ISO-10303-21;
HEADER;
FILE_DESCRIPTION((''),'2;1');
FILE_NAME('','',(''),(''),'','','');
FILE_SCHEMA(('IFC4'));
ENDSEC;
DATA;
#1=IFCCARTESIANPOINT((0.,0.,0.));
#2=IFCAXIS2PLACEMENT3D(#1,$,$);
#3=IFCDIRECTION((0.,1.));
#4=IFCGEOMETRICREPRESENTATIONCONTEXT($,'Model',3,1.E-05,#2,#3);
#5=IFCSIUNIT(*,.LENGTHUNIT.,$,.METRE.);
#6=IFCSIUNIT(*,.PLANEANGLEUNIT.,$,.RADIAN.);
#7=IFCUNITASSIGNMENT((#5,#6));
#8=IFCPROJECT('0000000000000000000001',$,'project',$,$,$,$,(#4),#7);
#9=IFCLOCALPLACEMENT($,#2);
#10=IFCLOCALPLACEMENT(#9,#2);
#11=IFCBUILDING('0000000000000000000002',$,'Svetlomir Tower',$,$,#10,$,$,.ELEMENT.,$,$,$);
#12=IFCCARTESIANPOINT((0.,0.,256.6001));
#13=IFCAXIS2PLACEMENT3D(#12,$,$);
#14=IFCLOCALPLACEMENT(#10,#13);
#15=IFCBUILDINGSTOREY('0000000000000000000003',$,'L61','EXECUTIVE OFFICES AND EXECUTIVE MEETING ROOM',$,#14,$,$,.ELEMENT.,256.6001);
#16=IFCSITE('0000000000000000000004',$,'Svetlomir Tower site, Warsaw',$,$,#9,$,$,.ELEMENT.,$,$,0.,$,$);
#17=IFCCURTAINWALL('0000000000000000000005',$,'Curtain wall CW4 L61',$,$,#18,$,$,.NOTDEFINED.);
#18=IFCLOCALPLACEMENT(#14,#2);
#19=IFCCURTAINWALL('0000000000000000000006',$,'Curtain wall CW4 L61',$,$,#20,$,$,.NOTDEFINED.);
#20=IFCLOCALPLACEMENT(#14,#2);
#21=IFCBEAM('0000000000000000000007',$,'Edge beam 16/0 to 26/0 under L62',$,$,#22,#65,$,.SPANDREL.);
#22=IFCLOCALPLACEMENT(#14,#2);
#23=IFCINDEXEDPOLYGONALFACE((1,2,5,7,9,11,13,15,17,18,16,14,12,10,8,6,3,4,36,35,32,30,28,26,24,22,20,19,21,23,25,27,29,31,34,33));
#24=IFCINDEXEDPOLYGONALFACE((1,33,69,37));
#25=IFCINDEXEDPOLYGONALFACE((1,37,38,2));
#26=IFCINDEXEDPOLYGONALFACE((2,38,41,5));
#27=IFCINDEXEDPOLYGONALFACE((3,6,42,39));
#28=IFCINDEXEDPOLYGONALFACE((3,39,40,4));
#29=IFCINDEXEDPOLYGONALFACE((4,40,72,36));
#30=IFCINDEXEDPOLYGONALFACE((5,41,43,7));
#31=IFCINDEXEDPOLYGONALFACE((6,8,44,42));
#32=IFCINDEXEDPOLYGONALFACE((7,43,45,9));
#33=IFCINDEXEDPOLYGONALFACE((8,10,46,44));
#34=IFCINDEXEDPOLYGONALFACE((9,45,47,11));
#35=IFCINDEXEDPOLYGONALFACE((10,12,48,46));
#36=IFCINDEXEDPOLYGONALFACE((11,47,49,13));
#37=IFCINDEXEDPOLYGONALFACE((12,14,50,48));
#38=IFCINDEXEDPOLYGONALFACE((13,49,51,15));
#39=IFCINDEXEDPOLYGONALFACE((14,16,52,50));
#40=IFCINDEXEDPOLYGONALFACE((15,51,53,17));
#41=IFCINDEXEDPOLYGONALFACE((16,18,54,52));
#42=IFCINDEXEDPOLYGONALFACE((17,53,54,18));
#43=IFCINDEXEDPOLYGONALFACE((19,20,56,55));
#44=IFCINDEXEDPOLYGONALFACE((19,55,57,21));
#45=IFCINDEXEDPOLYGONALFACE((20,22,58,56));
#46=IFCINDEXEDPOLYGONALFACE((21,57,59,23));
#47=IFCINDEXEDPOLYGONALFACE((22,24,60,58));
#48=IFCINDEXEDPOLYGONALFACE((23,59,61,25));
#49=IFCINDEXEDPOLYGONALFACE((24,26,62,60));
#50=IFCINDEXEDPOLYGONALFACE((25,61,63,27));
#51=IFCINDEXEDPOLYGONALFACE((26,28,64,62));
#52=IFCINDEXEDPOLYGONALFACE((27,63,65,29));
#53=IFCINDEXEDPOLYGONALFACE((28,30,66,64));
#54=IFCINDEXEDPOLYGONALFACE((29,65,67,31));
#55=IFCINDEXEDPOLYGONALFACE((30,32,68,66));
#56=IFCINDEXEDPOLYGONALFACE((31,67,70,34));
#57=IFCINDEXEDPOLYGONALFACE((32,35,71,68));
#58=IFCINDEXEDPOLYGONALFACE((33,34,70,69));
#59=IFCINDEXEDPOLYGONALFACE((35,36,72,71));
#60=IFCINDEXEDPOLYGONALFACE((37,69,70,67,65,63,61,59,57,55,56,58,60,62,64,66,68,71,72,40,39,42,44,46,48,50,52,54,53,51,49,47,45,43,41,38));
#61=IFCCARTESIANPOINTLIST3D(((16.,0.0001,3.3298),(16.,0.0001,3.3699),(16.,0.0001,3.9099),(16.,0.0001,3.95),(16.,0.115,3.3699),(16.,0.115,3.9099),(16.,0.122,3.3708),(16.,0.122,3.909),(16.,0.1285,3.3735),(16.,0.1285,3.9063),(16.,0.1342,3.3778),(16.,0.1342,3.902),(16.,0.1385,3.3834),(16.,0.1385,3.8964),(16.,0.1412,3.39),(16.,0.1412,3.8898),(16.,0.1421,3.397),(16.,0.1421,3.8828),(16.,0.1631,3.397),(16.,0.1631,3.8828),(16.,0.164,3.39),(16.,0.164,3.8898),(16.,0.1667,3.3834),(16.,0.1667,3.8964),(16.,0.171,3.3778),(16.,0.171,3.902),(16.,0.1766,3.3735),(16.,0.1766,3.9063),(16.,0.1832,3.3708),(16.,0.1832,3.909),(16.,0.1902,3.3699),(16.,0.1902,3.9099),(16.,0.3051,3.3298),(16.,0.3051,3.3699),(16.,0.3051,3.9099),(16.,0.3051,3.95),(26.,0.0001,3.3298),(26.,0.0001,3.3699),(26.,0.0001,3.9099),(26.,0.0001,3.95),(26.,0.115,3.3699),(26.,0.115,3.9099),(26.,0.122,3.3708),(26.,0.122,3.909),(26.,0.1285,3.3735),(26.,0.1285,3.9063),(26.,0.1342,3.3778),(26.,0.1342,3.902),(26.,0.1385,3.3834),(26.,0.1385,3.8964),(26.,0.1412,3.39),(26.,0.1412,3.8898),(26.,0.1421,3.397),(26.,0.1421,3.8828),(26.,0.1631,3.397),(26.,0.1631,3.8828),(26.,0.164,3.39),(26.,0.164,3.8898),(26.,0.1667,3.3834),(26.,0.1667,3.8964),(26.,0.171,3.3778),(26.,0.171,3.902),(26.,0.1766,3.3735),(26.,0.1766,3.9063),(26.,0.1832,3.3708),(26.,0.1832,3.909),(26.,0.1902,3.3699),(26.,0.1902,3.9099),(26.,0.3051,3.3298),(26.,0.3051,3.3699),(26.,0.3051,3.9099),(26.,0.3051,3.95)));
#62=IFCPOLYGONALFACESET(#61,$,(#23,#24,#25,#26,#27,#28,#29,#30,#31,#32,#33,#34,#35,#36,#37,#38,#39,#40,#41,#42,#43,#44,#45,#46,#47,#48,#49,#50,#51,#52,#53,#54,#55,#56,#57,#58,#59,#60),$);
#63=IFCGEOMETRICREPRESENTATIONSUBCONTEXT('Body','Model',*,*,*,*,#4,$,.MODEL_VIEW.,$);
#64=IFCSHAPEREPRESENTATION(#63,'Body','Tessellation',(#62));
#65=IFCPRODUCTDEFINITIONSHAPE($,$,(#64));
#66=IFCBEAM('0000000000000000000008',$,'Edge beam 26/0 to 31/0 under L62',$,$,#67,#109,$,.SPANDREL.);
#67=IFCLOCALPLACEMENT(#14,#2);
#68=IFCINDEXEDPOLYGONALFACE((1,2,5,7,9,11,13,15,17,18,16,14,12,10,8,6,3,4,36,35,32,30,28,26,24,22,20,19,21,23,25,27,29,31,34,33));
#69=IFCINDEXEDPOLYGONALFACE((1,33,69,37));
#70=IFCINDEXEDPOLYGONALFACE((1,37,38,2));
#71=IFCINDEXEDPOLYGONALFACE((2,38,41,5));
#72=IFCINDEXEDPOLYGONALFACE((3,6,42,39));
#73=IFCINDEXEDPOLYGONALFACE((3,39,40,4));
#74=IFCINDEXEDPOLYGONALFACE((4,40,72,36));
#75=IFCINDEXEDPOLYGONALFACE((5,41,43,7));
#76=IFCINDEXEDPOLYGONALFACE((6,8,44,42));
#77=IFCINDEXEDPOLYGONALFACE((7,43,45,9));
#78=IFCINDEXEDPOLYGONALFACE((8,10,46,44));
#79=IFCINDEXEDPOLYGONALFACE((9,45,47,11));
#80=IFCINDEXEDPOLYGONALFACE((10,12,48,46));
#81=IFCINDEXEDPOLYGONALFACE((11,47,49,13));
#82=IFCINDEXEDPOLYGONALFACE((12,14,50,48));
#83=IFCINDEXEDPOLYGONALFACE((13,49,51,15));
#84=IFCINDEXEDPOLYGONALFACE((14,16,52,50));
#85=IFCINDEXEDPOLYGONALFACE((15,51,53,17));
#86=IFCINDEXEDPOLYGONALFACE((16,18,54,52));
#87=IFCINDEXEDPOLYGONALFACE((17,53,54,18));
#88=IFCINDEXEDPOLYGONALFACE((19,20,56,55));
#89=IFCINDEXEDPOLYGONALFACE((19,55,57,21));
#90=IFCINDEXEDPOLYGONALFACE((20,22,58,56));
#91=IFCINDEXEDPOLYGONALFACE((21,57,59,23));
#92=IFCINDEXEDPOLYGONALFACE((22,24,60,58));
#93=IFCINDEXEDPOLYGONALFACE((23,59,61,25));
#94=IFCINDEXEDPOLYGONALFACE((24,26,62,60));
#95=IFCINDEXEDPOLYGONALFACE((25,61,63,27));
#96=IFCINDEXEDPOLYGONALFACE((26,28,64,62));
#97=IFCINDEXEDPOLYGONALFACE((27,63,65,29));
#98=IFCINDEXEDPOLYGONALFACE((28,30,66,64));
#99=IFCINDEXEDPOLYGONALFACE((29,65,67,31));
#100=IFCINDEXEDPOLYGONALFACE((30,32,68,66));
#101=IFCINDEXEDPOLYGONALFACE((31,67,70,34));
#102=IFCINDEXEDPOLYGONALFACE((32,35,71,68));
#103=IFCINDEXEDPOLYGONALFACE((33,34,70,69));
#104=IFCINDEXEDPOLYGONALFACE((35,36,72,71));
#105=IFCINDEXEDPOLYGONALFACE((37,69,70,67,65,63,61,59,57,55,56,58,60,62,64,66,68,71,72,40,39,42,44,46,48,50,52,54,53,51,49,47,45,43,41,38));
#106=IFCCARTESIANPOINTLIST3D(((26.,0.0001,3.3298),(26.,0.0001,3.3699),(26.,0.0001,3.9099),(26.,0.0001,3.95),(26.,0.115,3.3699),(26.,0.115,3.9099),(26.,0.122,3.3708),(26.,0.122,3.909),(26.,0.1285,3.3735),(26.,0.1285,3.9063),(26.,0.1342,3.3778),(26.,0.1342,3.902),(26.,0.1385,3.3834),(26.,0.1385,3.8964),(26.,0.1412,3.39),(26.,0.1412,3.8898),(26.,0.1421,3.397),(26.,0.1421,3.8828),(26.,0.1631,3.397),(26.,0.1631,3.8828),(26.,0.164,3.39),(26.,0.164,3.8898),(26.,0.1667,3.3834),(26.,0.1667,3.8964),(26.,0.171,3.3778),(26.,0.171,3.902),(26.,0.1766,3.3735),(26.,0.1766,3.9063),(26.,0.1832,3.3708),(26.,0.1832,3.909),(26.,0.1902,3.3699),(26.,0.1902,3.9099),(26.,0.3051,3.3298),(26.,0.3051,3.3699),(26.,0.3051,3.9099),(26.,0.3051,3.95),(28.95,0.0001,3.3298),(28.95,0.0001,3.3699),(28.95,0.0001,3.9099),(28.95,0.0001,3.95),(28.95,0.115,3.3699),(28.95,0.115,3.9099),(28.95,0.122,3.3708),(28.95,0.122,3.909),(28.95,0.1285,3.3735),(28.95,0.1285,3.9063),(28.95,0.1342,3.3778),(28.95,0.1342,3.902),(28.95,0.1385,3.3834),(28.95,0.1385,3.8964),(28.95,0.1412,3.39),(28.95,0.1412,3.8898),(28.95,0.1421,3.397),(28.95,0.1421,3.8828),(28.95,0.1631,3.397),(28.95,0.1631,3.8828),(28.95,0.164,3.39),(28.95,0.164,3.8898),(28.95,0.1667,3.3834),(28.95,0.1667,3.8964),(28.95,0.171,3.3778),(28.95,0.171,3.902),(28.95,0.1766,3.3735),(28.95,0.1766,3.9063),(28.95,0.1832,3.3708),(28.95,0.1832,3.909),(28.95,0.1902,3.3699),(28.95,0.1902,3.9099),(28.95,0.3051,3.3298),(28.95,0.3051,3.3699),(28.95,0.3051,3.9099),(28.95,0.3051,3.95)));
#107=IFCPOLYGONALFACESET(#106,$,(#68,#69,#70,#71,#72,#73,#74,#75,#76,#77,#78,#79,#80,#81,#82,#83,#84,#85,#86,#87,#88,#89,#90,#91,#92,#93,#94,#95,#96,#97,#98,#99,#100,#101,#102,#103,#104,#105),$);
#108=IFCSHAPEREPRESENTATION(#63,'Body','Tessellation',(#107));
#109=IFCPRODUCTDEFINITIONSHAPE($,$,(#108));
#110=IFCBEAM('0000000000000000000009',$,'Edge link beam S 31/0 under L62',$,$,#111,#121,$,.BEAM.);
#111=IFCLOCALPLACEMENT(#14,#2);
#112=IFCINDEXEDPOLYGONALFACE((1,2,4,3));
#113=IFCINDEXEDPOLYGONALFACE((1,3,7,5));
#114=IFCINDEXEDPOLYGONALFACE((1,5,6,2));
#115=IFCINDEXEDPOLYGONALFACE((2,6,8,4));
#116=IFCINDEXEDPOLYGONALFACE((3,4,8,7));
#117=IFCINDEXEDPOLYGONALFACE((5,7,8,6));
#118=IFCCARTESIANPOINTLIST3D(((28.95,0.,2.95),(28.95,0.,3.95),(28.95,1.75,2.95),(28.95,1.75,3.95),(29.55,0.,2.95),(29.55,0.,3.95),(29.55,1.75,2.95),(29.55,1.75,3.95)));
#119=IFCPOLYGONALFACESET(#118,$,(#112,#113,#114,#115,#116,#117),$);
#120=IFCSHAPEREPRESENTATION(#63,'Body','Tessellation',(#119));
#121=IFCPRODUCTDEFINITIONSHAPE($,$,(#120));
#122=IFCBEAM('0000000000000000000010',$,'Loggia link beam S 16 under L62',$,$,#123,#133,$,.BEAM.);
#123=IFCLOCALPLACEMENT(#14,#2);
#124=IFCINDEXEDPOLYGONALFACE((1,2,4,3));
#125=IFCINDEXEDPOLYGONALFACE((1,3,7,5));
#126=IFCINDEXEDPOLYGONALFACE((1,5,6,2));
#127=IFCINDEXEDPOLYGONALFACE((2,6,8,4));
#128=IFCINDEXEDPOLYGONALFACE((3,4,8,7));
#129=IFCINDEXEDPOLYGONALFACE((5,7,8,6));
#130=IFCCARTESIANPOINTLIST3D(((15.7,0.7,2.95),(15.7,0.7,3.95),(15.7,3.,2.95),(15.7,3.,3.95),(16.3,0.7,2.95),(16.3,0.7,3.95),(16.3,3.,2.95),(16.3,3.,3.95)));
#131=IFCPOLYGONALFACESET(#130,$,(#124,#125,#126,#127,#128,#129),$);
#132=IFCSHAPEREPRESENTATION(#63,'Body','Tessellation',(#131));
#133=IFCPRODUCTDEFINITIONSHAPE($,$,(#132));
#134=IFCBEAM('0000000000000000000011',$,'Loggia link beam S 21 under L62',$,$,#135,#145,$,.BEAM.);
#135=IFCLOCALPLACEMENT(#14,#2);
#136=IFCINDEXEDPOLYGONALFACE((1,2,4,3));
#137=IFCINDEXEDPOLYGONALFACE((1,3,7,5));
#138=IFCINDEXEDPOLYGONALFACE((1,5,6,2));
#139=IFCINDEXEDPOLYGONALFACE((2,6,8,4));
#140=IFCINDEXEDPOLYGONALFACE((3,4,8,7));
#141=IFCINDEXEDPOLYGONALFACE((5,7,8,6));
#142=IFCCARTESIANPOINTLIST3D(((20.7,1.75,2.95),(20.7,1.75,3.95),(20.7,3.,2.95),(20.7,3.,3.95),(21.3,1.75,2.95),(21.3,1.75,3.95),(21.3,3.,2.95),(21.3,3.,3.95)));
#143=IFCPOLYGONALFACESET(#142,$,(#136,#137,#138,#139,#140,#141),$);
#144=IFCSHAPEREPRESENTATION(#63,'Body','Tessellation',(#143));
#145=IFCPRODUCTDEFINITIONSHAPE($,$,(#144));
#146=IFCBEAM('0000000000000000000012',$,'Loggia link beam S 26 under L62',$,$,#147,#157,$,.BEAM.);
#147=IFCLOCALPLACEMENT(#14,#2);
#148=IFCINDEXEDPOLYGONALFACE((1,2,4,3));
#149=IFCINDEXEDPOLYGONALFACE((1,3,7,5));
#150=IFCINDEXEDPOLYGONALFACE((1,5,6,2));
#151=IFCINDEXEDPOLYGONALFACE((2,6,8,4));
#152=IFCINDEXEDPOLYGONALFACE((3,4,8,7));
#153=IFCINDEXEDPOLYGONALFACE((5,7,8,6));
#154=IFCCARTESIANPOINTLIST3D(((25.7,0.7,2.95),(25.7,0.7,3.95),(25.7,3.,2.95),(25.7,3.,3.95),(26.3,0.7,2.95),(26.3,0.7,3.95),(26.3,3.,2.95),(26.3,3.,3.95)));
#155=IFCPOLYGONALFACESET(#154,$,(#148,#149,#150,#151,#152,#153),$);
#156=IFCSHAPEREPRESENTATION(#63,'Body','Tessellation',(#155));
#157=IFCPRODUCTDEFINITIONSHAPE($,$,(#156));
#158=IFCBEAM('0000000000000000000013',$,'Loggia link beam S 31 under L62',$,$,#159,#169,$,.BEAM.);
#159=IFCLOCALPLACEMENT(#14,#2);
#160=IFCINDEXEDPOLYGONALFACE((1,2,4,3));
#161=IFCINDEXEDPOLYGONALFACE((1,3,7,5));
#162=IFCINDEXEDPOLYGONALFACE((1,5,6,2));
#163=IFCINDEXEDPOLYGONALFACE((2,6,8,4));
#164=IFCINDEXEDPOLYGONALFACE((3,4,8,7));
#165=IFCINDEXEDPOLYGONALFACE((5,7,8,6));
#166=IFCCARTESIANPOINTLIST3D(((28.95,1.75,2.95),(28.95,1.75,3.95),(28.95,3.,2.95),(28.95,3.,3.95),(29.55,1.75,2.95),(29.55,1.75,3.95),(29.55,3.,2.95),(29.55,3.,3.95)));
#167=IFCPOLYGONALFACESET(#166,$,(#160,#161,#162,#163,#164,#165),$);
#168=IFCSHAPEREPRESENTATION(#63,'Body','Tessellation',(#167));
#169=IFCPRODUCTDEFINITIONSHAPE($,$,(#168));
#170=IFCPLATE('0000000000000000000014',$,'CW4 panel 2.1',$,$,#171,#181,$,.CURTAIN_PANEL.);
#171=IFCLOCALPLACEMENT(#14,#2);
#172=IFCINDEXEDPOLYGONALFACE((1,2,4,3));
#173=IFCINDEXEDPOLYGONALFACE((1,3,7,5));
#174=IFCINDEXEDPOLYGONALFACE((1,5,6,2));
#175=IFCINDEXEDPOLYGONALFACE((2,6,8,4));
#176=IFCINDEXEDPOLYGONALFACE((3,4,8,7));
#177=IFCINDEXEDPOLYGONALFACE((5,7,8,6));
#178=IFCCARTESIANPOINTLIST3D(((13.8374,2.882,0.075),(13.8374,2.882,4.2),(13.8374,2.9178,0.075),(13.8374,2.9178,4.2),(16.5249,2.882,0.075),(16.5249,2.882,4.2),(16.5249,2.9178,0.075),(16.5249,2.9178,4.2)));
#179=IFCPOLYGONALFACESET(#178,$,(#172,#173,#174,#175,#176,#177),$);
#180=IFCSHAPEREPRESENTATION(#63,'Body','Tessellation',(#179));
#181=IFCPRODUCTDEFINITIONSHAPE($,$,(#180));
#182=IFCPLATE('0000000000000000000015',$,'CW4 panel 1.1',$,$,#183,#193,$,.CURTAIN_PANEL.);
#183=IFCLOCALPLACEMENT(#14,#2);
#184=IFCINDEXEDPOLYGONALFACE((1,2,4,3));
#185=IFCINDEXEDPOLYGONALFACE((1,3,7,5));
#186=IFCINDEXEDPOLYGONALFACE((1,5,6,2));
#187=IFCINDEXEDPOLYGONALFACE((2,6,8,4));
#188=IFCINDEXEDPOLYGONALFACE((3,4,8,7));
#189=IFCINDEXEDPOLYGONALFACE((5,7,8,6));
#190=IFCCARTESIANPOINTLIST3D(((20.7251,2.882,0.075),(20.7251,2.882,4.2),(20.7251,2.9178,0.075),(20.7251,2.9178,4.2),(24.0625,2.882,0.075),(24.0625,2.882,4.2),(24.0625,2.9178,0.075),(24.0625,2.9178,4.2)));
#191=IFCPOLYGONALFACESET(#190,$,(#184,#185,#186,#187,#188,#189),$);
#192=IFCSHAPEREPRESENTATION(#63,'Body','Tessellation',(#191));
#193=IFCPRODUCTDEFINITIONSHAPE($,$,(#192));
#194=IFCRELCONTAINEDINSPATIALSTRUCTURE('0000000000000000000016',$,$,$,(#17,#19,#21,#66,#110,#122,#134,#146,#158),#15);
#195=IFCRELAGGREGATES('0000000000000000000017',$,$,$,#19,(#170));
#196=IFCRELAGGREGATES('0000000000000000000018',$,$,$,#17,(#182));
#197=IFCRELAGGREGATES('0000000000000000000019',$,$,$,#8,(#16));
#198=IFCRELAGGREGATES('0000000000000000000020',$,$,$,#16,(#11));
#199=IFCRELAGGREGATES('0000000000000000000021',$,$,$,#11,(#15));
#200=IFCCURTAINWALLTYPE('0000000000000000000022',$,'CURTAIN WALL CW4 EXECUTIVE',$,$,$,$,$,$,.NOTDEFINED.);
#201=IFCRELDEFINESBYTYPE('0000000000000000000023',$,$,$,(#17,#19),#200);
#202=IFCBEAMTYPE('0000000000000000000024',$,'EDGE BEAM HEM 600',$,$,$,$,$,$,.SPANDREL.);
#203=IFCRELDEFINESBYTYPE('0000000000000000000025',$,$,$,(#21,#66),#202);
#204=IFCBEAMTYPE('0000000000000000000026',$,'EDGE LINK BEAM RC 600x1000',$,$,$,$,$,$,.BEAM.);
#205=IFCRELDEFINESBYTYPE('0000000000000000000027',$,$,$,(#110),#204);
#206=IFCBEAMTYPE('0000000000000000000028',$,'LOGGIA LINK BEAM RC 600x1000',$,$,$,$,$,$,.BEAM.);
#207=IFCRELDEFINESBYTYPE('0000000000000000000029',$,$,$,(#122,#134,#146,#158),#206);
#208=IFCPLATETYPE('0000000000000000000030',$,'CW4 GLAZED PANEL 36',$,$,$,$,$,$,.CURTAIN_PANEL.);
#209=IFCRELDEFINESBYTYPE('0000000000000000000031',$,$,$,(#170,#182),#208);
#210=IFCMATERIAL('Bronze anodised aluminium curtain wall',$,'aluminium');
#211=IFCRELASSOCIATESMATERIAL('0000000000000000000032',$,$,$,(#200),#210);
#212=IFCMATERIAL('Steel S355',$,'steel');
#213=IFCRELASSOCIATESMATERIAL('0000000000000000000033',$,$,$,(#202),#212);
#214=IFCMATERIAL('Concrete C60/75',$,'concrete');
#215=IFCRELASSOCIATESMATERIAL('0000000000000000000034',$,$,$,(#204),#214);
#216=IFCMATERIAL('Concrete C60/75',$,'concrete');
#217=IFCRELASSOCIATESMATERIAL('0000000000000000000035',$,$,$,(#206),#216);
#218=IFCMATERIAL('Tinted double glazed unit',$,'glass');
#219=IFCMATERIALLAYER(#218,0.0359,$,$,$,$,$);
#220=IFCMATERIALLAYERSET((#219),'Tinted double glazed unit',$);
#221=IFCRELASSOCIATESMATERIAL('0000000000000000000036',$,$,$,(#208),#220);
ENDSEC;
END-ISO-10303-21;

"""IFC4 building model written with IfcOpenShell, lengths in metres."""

from ifc_helpers import new_model, si_unit, direction, frame, origin, origin_2d, place, context, subcontext, project, spatial, rectangle, i_section, extrude, material, layer, layer_set, material_profile, profile_set, type_object, element, aggregate, save


model = new_model("IFC4")

# Units and contexts
model_context = context("Model", 3, precision=1e-05, world=origin(), true_north=direction((0.0, 1.0)))
body_context = subcontext(model_context, "Body", "Model", "MODEL_VIEW")
ifc_project = project(units=[si_unit("LENGTHUNIT", "METRE"), si_unit("PLANEANGLEUNIT", "RADIAN")], contexts=[model_context])

# Site, building, storey
site_placement = place(None, origin())
site = spatial("IfcSite", under=ifc_project, at=site_placement, Name="Svetlomir Tower site, Warsaw", CompositionType="ELEMENT", RefElevation=0.0)
building_placement = place(site_placement, origin())
building = spatial("IfcBuilding", under=site, at=building_placement, Name="Svetlomir Tower", CompositionType="ELEMENT")
storey_placement = place(building_placement, frame((0.0, 0.0, 256.6001)))
storey = spatial("IfcBuildingStorey", under=building, at=storey_placement, Name="L61", Description="EXECUTIVE OFFICES AND EXECUTIVE MEETING ROOM", CompositionType="ELEMENT", Elevation=256.6001)

# Curtain walls
ifc_material_1 = material(Name="Bronze anodised aluminium curtain wall", Category="aluminium")
curtain_wall_type = type_object("IfcCurtainWallType", Name="CURTAIN WALL CW4 EXECUTIVE", PredefinedType="NOTDEFINED", material=ifc_material_1)
curtain_wall_1_placement = place(storey_placement, origin())
curtain_wall_1 = element("IfcCurtainWall", 1, at=curtain_wall_1_placement, inside=storey, type_object=curtain_wall_type, Name="Curtain wall CW4 L61", PredefinedType="NOTDEFINED")
curtain_wall_2_placement = place(storey_placement, origin())
curtain_wall_2 = element("IfcCurtainWall", 2, at=curtain_wall_2_placement, inside=storey, type_object=curtain_wall_type, Name="Curtain wall CW4 L61", PredefinedType="NOTDEFINED")

# Beams
ifc_material_2 = material(Name="Steel S355", Category="steel")
ifc_material_profile_1 = material_profile(ifc_material_2, i_section(OverallWidth=0.3049, OverallDepth=0.6201, WebThickness=0.021, FlangeThickness=0.04, FilletRadius=0.0271, at=origin_2d()), Name="HEM 600")
ifc_profile_set_1 = profile_set([ifc_material_profile_1], Name="Steel S355")
beam_type_1 = type_object("IfcBeamType", Name="EDGE BEAM HEM 600", PredefinedType="SPANDREL", material=ifc_profile_set_1)
beam_1_placement = place(storey_placement, frame((16.0, 0.1526, 3.6399), z_axis=(1.0, 0.0, 0.0), x_axis=(0.0, 1.0, 0.0)))
element("IfcBeam", 3, at=beam_1_placement, inside=storey, type_object=beam_type_1, Name="Edge beam 16/0 to 26/0 under L62", PredefinedType="SPANDREL", context=body_context, shape_type="SweptSolid", body=[
    extrude(i_section(OverallWidth=0.3049, OverallDepth=0.6201, WebThickness=0.021, FlangeThickness=0.04, FilletRadius=0.0271, at=origin_2d()), origin(), (0.0, 0.0, 1.0), 10.0),
])
beam_2_placement = place(storey_placement, frame((26.0, 0.1526, 3.6399), z_axis=(1.0, 0.0, 0.0), x_axis=(0.0, 1.0, 0.0)))
element("IfcBeam", 4, at=beam_2_placement, inside=storey, type_object=beam_type_1, Name="Edge beam 26/0 to 31/0 under L62", PredefinedType="SPANDREL", context=body_context, shape_type="SweptSolid", body=[
    extrude(i_section(OverallWidth=0.3049, OverallDepth=0.6201, WebThickness=0.021, FlangeThickness=0.04, FilletRadius=0.0271, at=origin_2d()), origin(), (0.0, 0.0, 1.0), 2.95),
])
ifc_material_3 = material(Name="Concrete C60/75", Category="concrete")
ifc_material_profile_2 = material_profile(ifc_material_3, rectangle(XDim=0.6001, YDim=1.0, at=origin_2d()), Name="RC 600x1000")
ifc_profile_set_2 = profile_set([ifc_material_profile_2], Name="Concrete C60/75")
beam_type_2 = type_object("IfcBeamType", Name="EDGE LINK BEAM RC 600x1000", PredefinedType="BEAM", material=ifc_profile_set_2)
beam_3_placement = place(storey_placement, frame((29.25, 1.75, 3.45), z_axis=(0.0, -1.0, 0.0), x_axis=(1.0, 0.0, 0.0)))
element("IfcBeam", 5, at=beam_3_placement, inside=storey, type_object=beam_type_2, Name="Edge link beam S 31/0 under L62", PredefinedType="BEAM", context=body_context, shape_type="SweptSolid", body=[
    extrude(rectangle(XDim=0.6001, YDim=1.0, at=origin_2d()), origin(), (0.0, 0.0, 1.0), 1.75),
])
ifc_material_4 = material(Name="Concrete C60/75", Category="concrete")
ifc_material_profile_3 = material_profile(ifc_material_4, rectangle(XDim=0.6001, YDim=1.0, at=origin_2d()), Name="RC 600x1000")
ifc_profile_set_3 = profile_set([ifc_material_profile_3], Name="Concrete C60/75")
beam_type_3 = type_object("IfcBeamType", Name="LOGGIA LINK BEAM RC 600x1000", PredefinedType="BEAM", material=ifc_profile_set_3)
beam_4_placement = place(storey_placement, frame((16.0, 0.7, 3.45), z_axis=(0.0, 1.0, 0.0), x_axis=(-1.0, 0.0, 0.0)))
element("IfcBeam", 6, at=beam_4_placement, inside=storey, type_object=beam_type_3, Name="Loggia link beam S 16 under L62", PredefinedType="BEAM", context=body_context, shape_type="SweptSolid", body=[
    extrude(rectangle(XDim=0.6001, YDim=1.0, at=origin_2d()), origin(), (0.0, 0.0, 1.0), 2.3),
])
beam_5_placement = place(storey_placement, frame((21.0, 1.75, 3.45), z_axis=(0.0, 1.0, 0.0), x_axis=(-1.0, 0.0, 0.0)))
element("IfcBeam", 7, at=beam_5_placement, inside=storey, type_object=beam_type_3, Name="Loggia link beam S 21 under L62", PredefinedType="BEAM", context=body_context, shape_type="SweptSolid", body=[
    extrude(rectangle(XDim=0.6001, YDim=1.0, at=origin_2d()), origin(), (0.0, 0.0, 1.0), 1.25),
])
beam_6_placement = place(storey_placement, frame((26.0, 0.7, 3.45), z_axis=(0.0, 1.0, 0.0), x_axis=(-1.0, 0.0, 0.0)))
element("IfcBeam", 8, at=beam_6_placement, inside=storey, type_object=beam_type_3, Name="Loggia link beam S 26 under L62", PredefinedType="BEAM", context=body_context, shape_type="SweptSolid", body=[
    extrude(rectangle(XDim=0.6001, YDim=1.0, at=origin_2d()), origin(), (0.0, 0.0, 1.0), 2.3),
])
beam_7_placement = place(storey_placement, frame((29.25, 1.75, 3.45), z_axis=(0.0, 1.0, 0.0), x_axis=(-1.0, 0.0, 0.0)))
element("IfcBeam", 9, at=beam_7_placement, inside=storey, type_object=beam_type_3, Name="Loggia link beam S 31 under L62", PredefinedType="BEAM", context=body_context, shape_type="SweptSolid", body=[
    extrude(rectangle(XDim=0.6001, YDim=1.0, at=origin_2d()), origin(), (0.0, 0.0, 1.0), 1.25),
])

# Plates
ifc_material_5 = material(Name="Tinted double glazed unit", Category="glass")
ifc_layer_1 = layer(ifc_material_5, 0.0359)
ifc_layer_set_1 = layer_set([ifc_layer_1], Name="Tinted double glazed unit")
plate_type = type_object("IfcPlateType", Name="CW4 GLAZED PANEL 36", PredefinedType="CURTAIN_PANEL", material=ifc_layer_set_1)
plate_1_placement = place(storey_placement, frame((15.1812, 2.8999, 0.075), z_axis=(0.0, 0.0, 1.0), x_axis=(1.0, 0.0, 0.0)))
plate_1 = element("IfcPlate", 10, at=plate_1_placement, type_object=plate_type, Name="CW4 panel 2.1", PredefinedType="CURTAIN_PANEL", context=body_context, shape_type="SweptSolid", body=[
    extrude(rectangle(XDim=2.6875, YDim=0.0359, at=origin_2d()), origin(), (0.0, 0.0, 1.0), 4.125),
])
aggregate(curtain_wall_2, [plate_1])
plate_2_placement = place(storey_placement, frame((22.3938, 2.8999, 0.075), z_axis=(0.0, 0.0, 1.0), x_axis=(1.0, 0.0, 0.0)))
plate_2 = element("IfcPlate", 11, at=plate_2_placement, type_object=plate_type, Name="CW4 panel 1.1", PredefinedType="CURTAIN_PANEL", context=body_context, shape_type="SweptSolid", body=[
    extrude(rectangle(XDim=3.3374, YDim=0.0359, at=origin_2d()), origin(), (0.0, 0.0, 1.0), 4.125),
])
aggregate(curtain_wall_1, [plate_2])

save(model, "model.ifc")
